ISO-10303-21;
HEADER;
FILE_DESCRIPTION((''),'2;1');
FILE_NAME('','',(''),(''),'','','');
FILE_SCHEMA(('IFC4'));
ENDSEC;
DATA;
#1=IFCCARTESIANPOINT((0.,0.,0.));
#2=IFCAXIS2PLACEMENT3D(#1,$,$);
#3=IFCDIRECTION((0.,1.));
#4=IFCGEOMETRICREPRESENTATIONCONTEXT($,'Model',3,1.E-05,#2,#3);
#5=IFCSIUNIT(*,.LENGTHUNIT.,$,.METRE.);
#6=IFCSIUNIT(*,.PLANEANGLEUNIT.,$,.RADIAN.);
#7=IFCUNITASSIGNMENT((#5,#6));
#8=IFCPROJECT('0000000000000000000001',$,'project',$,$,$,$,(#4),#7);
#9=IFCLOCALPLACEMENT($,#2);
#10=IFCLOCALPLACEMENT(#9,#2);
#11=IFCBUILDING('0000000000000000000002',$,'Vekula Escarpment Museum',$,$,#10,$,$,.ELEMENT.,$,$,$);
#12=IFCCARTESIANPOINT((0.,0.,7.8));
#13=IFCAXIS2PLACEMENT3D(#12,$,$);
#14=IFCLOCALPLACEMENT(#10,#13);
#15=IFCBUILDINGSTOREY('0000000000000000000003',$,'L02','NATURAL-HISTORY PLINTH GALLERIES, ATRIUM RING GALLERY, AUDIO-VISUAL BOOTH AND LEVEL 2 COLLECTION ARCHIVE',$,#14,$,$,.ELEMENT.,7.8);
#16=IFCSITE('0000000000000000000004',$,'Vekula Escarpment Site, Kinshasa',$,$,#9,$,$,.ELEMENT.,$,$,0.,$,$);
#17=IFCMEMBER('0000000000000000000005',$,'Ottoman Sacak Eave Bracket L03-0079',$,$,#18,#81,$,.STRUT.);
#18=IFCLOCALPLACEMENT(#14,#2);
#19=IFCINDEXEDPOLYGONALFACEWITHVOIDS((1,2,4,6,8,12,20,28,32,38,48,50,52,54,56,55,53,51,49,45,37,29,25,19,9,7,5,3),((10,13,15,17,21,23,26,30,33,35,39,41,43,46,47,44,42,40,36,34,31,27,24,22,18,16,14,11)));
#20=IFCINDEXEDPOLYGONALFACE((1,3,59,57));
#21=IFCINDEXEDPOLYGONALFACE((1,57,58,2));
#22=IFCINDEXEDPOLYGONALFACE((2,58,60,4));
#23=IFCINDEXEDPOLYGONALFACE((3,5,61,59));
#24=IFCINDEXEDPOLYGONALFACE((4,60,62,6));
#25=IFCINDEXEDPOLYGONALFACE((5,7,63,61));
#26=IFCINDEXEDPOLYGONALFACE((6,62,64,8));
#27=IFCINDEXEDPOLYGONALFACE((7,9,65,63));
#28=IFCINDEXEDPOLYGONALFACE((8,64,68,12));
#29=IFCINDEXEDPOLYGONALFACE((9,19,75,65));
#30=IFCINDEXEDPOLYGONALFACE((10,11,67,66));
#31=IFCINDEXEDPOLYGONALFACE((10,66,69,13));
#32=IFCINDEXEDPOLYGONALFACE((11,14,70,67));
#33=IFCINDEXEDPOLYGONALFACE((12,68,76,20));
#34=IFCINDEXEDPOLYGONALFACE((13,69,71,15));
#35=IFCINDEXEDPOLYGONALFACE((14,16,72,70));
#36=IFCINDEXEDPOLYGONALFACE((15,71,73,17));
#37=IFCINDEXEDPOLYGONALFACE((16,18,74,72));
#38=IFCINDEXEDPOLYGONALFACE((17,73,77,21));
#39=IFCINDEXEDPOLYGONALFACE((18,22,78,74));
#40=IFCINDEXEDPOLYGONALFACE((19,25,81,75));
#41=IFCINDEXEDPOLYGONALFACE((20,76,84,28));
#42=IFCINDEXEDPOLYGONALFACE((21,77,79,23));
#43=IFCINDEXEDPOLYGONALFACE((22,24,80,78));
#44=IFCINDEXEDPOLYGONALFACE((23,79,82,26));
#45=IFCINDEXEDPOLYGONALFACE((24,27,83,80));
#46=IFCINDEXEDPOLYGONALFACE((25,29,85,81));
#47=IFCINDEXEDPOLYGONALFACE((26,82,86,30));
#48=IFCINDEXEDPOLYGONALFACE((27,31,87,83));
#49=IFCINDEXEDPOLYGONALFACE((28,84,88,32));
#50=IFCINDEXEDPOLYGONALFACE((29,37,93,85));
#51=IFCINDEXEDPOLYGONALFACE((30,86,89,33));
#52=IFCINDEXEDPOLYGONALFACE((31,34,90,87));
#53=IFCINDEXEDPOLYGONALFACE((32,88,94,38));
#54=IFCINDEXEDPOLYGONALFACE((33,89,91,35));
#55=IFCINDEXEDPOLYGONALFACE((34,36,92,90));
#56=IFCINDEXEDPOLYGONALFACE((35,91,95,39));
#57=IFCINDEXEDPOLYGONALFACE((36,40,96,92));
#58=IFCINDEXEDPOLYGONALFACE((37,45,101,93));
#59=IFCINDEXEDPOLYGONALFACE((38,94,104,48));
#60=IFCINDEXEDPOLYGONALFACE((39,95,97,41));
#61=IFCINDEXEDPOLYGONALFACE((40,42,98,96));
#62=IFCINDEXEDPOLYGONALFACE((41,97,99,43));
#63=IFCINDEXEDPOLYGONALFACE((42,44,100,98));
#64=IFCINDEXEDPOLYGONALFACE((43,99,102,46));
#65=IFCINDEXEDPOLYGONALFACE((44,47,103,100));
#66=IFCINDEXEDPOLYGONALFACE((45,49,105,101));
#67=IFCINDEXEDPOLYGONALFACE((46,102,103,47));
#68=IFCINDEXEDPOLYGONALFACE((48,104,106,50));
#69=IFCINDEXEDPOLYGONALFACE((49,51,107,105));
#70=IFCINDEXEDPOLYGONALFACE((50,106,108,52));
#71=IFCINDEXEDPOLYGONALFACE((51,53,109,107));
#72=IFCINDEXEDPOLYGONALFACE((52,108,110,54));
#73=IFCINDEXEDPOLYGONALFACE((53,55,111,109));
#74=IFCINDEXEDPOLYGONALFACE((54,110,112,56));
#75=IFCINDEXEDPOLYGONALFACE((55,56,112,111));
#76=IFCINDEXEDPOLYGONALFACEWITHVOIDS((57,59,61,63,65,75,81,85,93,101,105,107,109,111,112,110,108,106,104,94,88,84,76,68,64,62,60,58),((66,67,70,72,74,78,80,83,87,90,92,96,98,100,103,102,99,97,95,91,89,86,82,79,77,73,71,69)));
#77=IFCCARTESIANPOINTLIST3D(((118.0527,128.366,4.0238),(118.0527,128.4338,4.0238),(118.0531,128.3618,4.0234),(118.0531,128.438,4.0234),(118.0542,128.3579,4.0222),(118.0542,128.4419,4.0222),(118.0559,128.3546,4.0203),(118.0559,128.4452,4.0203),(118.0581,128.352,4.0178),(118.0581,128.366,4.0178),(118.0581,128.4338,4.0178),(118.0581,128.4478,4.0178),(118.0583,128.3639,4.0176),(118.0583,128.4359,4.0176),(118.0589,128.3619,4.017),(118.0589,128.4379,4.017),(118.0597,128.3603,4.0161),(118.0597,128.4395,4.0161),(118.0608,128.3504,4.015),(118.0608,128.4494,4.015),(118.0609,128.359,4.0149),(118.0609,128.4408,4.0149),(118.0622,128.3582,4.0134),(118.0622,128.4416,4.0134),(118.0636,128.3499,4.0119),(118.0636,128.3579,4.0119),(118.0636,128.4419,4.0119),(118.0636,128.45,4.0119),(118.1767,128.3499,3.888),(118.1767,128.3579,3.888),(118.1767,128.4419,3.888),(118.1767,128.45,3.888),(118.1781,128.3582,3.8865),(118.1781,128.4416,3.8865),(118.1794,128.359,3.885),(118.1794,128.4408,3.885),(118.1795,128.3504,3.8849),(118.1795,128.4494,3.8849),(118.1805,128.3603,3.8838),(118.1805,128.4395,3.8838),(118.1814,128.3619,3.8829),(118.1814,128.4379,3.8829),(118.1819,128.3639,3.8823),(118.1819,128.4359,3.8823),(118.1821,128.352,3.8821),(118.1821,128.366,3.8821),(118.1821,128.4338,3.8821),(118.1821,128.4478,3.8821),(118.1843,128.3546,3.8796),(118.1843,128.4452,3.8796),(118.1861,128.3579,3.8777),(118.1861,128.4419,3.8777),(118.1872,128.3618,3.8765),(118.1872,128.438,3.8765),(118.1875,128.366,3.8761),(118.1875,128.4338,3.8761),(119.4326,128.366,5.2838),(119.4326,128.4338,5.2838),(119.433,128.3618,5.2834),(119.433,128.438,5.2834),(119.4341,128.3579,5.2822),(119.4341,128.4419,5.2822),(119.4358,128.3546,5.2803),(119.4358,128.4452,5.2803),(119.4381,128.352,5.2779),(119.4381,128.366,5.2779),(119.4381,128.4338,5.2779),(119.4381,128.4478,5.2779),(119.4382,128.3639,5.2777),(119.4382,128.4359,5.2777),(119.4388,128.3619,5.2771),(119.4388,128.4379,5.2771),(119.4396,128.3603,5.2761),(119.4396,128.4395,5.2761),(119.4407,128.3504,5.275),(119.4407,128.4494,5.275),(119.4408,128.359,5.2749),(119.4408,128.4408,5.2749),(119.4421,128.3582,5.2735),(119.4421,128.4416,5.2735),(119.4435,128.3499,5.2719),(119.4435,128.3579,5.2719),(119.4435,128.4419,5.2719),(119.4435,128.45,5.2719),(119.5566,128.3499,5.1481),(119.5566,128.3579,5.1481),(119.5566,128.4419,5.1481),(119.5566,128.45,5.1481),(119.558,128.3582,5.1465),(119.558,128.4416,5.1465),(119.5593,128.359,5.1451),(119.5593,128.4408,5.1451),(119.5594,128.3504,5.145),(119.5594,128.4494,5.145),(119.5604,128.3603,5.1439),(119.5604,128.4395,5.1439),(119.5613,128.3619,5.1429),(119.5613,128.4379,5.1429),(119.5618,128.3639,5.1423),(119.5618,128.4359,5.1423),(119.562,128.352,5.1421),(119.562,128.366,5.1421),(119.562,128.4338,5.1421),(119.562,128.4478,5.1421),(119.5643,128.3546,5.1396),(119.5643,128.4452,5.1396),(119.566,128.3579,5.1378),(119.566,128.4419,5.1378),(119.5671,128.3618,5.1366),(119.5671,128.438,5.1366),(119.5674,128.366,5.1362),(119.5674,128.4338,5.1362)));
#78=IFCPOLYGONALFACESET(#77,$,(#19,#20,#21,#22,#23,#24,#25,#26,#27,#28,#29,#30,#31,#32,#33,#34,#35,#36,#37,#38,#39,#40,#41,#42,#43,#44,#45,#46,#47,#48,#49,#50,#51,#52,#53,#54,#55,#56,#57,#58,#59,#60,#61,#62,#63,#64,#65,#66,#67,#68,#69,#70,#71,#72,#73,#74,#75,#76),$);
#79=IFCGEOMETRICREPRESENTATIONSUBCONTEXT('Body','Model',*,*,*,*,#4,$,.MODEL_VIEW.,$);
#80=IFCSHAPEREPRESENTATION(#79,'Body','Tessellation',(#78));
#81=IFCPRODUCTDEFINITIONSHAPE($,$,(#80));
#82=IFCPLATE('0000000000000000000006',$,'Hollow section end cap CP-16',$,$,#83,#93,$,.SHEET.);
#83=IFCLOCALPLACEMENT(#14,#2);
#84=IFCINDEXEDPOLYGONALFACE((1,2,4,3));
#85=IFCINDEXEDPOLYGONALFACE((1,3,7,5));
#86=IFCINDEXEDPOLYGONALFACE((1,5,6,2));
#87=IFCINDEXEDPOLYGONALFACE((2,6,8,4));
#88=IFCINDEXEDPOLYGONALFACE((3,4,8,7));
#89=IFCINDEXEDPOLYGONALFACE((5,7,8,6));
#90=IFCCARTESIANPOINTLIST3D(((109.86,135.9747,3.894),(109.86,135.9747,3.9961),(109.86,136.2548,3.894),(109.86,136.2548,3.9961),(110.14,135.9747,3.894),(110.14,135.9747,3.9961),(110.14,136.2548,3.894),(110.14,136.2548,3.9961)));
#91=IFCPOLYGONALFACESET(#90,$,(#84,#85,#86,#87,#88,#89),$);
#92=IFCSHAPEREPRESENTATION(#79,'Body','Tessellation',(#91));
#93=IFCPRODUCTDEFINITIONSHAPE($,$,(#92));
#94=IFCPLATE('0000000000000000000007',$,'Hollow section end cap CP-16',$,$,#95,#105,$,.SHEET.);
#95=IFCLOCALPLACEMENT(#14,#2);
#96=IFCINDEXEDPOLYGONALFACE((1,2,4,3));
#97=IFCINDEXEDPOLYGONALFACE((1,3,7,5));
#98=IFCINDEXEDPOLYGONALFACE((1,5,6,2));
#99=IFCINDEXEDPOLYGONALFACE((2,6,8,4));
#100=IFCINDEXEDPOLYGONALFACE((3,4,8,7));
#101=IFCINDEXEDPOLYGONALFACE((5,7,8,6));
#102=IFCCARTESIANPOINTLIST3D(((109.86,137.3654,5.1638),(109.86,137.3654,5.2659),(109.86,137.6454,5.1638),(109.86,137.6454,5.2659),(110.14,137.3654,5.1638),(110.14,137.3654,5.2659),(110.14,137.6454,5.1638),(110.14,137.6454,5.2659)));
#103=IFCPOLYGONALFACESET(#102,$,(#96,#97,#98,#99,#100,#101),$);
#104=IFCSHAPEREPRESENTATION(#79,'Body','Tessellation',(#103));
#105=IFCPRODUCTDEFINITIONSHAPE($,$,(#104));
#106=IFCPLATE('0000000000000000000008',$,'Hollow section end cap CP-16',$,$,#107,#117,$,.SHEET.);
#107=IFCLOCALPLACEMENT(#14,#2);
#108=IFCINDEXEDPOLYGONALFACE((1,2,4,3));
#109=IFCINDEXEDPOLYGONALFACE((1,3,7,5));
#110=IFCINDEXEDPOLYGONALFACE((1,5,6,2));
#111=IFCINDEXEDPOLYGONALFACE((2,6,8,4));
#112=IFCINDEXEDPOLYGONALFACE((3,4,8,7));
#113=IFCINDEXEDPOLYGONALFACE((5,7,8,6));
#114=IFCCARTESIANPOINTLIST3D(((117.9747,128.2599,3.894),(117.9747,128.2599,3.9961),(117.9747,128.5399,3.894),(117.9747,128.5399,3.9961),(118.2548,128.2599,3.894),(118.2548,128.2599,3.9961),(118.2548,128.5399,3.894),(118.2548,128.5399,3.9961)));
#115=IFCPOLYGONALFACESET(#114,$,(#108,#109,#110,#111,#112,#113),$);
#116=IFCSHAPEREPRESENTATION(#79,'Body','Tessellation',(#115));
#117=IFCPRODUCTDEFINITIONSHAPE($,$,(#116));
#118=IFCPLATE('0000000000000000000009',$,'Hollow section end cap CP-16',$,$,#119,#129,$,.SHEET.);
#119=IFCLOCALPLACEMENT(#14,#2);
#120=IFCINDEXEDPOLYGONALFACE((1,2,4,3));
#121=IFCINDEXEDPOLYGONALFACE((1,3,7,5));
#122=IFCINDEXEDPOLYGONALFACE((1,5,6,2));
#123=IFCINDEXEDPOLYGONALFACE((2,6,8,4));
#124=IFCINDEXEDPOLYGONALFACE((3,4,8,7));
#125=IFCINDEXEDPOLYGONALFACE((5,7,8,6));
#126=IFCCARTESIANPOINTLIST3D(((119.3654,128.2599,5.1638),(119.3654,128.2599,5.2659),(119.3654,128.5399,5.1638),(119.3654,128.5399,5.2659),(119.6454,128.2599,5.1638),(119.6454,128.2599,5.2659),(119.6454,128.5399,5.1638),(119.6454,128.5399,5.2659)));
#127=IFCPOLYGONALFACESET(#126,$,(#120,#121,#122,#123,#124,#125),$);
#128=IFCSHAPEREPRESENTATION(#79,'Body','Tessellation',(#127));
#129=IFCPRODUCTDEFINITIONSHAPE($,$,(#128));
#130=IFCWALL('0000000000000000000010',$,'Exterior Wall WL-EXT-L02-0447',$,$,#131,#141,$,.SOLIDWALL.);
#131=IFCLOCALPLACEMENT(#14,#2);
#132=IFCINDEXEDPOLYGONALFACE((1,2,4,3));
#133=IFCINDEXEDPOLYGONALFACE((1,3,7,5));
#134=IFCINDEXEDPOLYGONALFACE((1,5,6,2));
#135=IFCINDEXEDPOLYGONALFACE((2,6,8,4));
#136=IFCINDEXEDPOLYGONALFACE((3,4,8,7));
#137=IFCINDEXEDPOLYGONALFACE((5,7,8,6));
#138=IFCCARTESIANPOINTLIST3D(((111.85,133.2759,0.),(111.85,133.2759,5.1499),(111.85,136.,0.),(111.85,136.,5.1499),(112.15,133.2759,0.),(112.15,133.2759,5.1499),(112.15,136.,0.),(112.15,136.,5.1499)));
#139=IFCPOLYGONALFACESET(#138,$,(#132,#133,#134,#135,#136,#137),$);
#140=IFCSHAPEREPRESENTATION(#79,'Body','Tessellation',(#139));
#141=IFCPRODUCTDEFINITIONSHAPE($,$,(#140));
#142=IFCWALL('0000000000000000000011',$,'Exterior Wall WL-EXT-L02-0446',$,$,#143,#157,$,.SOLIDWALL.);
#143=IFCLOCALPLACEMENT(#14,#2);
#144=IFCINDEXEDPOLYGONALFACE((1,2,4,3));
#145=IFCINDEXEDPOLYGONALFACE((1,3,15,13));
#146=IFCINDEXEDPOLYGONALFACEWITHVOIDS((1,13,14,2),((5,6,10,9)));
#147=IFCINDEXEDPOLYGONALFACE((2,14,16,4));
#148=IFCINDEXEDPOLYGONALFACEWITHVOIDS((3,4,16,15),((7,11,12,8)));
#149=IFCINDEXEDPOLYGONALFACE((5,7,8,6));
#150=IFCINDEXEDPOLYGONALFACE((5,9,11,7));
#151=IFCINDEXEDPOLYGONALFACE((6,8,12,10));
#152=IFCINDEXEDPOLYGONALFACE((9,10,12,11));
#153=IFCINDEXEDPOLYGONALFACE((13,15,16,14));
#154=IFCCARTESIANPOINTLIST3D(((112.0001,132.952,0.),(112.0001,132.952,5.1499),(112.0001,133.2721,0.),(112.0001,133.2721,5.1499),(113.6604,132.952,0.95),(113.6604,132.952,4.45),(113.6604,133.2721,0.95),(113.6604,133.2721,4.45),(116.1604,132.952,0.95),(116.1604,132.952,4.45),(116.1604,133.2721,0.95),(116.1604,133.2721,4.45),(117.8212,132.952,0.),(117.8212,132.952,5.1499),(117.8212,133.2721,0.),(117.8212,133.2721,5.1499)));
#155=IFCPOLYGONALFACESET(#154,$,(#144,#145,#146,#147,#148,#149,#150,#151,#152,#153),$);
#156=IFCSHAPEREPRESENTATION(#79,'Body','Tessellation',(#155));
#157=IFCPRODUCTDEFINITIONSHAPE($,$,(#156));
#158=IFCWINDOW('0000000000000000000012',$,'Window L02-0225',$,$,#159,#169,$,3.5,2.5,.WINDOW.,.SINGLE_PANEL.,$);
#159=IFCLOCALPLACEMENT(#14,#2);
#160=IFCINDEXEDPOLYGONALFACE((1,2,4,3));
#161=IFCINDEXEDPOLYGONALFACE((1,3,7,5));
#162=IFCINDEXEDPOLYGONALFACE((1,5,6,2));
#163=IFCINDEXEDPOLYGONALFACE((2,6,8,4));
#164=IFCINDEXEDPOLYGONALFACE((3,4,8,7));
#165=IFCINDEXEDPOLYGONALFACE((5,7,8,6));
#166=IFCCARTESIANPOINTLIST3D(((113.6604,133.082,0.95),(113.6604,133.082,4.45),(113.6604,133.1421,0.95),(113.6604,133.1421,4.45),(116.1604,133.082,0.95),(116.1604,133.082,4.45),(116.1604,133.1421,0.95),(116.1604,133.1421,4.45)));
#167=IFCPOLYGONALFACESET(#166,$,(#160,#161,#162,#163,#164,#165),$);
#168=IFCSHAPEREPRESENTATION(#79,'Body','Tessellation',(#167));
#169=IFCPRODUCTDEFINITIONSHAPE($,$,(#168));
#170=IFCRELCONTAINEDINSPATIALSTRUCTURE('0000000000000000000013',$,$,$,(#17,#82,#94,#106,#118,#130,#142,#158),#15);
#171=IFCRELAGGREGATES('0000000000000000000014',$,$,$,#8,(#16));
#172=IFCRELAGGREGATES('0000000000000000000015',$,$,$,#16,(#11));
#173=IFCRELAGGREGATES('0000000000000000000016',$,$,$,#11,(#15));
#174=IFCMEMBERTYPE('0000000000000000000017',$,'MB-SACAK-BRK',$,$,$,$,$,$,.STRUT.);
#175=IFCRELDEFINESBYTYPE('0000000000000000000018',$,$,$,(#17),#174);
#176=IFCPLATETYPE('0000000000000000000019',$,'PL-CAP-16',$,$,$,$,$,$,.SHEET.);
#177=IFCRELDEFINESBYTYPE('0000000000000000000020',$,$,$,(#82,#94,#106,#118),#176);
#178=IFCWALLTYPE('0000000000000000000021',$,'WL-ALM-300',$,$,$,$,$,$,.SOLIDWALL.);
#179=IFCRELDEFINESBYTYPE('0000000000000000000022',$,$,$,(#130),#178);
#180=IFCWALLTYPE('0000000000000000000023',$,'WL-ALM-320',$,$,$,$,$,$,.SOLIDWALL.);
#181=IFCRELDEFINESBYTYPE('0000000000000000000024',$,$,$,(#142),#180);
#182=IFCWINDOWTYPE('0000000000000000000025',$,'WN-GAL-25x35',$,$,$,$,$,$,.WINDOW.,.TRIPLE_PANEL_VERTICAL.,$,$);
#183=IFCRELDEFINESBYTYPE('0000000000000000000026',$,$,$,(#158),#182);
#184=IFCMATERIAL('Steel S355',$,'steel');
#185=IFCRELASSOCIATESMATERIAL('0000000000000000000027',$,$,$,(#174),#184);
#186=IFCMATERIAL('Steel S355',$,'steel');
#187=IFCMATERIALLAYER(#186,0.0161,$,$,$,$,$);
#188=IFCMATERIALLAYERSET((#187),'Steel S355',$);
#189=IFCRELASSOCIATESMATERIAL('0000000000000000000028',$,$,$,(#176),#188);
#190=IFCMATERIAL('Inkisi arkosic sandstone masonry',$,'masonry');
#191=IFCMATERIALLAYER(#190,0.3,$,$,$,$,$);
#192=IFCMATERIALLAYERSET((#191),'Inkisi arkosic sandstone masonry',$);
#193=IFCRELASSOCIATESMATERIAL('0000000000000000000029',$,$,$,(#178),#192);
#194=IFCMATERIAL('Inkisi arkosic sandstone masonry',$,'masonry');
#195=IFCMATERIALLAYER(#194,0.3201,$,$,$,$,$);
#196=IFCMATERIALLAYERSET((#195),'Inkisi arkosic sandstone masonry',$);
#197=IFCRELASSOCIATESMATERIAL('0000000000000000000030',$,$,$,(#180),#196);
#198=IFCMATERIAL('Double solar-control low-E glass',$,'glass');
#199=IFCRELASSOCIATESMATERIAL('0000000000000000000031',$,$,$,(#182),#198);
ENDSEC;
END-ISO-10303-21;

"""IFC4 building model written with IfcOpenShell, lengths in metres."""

from ifc_helpers import new_model, si_unit, direction, frame, frame_2d, origin, origin_2d, place, context, subcontext, project, spatial, rectangle, hollow_rectangle, extrude, material, layer, layer_set, material_profile, profile_set, type_object, element, fill, save


model = new_model("IFC4")

# Units and contexts
model_context = context("Model", 3, precision=1e-05, world=origin(), true_north=direction((0.0, 1.0)))
body_context = subcontext(model_context, "Body", "Model", "MODEL_VIEW")
ifc_project = project(units=[si_unit("LENGTHUNIT", "METRE"), si_unit("PLANEANGLEUNIT", "RADIAN")], contexts=[model_context])

# Site, building, storey
site_placement = place(None, origin())
site = spatial("IfcSite", under=ifc_project, at=site_placement, Name="Vekula Escarpment Site, Kinshasa", CompositionType="ELEMENT", RefElevation=0.0)
building_placement = place(site_placement, origin())
building = spatial("IfcBuilding", under=site, at=building_placement, Name="Vekula Escarpment Museum", CompositionType="ELEMENT")
storey_placement = place(building_placement, frame((0.0, 0.0, 7.8)))
storey = spatial("IfcBuildingStorey", under=building, at=storey_placement, Name="L02", Description="NATURAL-HISTORY PLINTH GALLERIES, ATRIUM RING GALLERY, AUDIO-VISUAL BOOTH AND LEVEL 2 COLLECTION ARCHIVE", CompositionType="ELEMENT", Elevation=7.8)

# Member
ifc_material_1 = material(Name="Steel S355", Category="steel")
ifc_material_profile_1 = material_profile(ifc_material_1, hollow_rectangle(XDim=0.1001, YDim=0.2, WallThickness=0.0081, InnerFilletRadius=0.0081, OuterFilletRadius=0.0161, at=origin_2d()), Name="RHS 200x100x8")
ifc_profile_set_1 = profile_set([ifc_material_profile_1], Name="Steel S355")
member_type = type_object("IfcMemberType", Name="MB-SACAK-BRK", PredefinedType="STRUT", material=ifc_profile_set_1)
for number, where, z_axis, x_axis, name in (
    (1, (118.1201, 128.3999, 3.95), (0.738454, 0.0, 0.674303), (0.0, 1.0, 0.0), "Ottoman Sacak Eave Bracket L03-0079"),
):
    element("IfcMember", number, at=place(storey_placement, frame(where, z_axis=z_axis, x_axis=x_axis)), inside=storey, type_object=member_type, Name=name, PredefinedType="STRUT", context=body_context, shape_type="SweptSolid", body=[
        extrude(hollow_rectangle(XDim=0.1001, YDim=0.2, WallThickness=0.0081, InnerFilletRadius=0.0081, OuterFilletRadius=0.0161, at=origin_2d()), origin(), (0.0, 0.0, 1.0), 1.8687),
    ])

# Plates
ifc_material_2 = material(Name="Steel S355", Category="steel")
ifc_layer_1 = layer(ifc_material_2, 0.0161)
ifc_layer_set_1 = layer_set([ifc_layer_1], Name="Steel S355")
plate_type = type_object("IfcPlateType", Name="PL-CAP-16", PredefinedType="SHEET", material=ifc_layer_set_1)
for number, where, z_axis, x_axis, name in (
    (2, (110.0, 136.1147, 3.894), (0.0, 0.0, 1.0), (1.0, 0.0, 0.0), "Hollow section end cap CP-16"),
    (3, (110.0, 137.5054, 5.1638), (0.0, 0.0, 1.0), (1.0, 0.0, 0.0), "Hollow section end cap CP-16"),
    (4, (118.1147, 128.3999, 3.894), (0.0, 0.0, 1.0), (1.0, 0.0, 0.0), "Hollow section end cap CP-16"),
    (5, (119.5054, 128.3999, 5.1638), (0.0, 0.0, 1.0), (1.0, 0.0, 0.0), "Hollow section end cap CP-16"),
):
    element("IfcPlate", number, at=place(storey_placement, frame(where, z_axis=z_axis, x_axis=x_axis)), inside=storey, type_object=plate_type, Name=name, PredefinedType="SHEET", context=body_context, shape_type="SweptSolid", body=[
        extrude(rectangle(XDim=0.28, YDim=0.28, at=origin_2d()), origin(), (0.0, 0.0, 1.0), 0.1021),
    ])

# Wall
ifc_material_3 = material(Name="Inkisi arkosic sandstone masonry", Category="masonry")
ifc_layer_2 = layer(ifc_material_3, 0.3)
ifc_layer_set_2 = layer_set([ifc_layer_2], Name="Inkisi arkosic sandstone masonry")
wall_type_1 = type_object("IfcWallType", Name="WL-ALM-300", PredefinedType="SOLIDWALL", material=ifc_layer_set_2)
wall_1_placement = place(storey_placement, frame((112.0, 136.0, 0.0), z_axis=(0.0, 0.0, 1.0), x_axis=(0.0, -1.0, 0.0)))
element("IfcWall", 6, at=wall_1_placement, inside=storey, type_object=wall_type_1, Name="Exterior Wall WL-EXT-L02-0447", PredefinedType="SOLIDWALL", context=body_context, shape_type="SweptSolid", body=[
    extrude(rectangle(XDim=2.7241, YDim=0.3, at=frame_2d((1.3621, 0.0))), origin(), (0.0, 0.0, 1.0), 5.1499),
])

# Wall, opening, window
ifc_material_4 = material(Name="Inkisi arkosic sandstone masonry", Category="masonry")
ifc_layer_3 = layer(ifc_material_4, 0.3201)
ifc_layer_set_3 = layer_set([ifc_layer_3], Name="Inkisi arkosic sandstone masonry")
wall_type_2 = type_object("IfcWallType", Name="WL-ALM-320", PredefinedType="SOLIDWALL", material=ifc_layer_set_3)
wall_2_placement = place(storey_placement, frame((112.0, 133.1121, 0.0), z_axis=(0.0, 0.0, 1.0), x_axis=(1.0, 0.0, 0.0)))
wall_2 = element("IfcWall", 7, at=wall_2_placement, inside=storey, type_object=wall_type_2, Name="Exterior Wall WL-EXT-L02-0446", PredefinedType="SOLIDWALL", context=body_context, shape_type="SweptSolid", body=[
    extrude(rectangle(XDim=5.821, YDim=0.3201, at=frame_2d((2.9106, 0.0))), origin(), (0.0, 0.0, 1.0), 5.1499),
])
opening_1_placement = place(wall_2_placement, frame((1.6604, 0.0, 0.95)))
opening_1 = element("IfcOpeningElement", 8, at=opening_1_placement, cuts=wall_2, PredefinedType="OPENING", context=body_context, shape_type="SweptSolid", body=[
    extrude(rectangle(XDim=2.5, YDim=3.5, at=frame_2d((1.25, 1.75))), frame((0.0, 0.1699, 0.0), z_axis=(0.0, -1.0, 0.0), x_axis=(1.0, 0.0, 0.0)), (0.0, 0.0, 1.0), 0.3401),
])
ifc_material_5 = material(Name="Double solar-control low-E glass", Category="glass")
window_type_1 = type_object("IfcWindowType", Name="WN-GAL-25x35", PartitioningType="TRIPLE_PANEL_VERTICAL", PredefinedType="WINDOW", material=ifc_material_5)
window_1_placement = place(opening_1_placement, origin())
window_1 = element("IfcWindow", 9, at=window_1_placement, inside=storey, type_object=window_type_1, Name="Window L02-0225", OverallHeight=3.5, OverallWidth=2.5, PartitioningType="SINGLE_PANEL", PredefinedType="WINDOW", context=body_context, shape_type="SweptSolid", body=[
    extrude(rectangle(XDim=2.5, YDim=3.5, at=frame_2d((1.25, 1.75))), frame((0.0, 0.03, 0.0), z_axis=(0.0, -1.0, 0.0), x_axis=(1.0, 0.0, 0.0)), (0.0, 0.0, 1.0), 0.0601),
])
fill(opening_1, window_1)

save(model, "model.ifc")
